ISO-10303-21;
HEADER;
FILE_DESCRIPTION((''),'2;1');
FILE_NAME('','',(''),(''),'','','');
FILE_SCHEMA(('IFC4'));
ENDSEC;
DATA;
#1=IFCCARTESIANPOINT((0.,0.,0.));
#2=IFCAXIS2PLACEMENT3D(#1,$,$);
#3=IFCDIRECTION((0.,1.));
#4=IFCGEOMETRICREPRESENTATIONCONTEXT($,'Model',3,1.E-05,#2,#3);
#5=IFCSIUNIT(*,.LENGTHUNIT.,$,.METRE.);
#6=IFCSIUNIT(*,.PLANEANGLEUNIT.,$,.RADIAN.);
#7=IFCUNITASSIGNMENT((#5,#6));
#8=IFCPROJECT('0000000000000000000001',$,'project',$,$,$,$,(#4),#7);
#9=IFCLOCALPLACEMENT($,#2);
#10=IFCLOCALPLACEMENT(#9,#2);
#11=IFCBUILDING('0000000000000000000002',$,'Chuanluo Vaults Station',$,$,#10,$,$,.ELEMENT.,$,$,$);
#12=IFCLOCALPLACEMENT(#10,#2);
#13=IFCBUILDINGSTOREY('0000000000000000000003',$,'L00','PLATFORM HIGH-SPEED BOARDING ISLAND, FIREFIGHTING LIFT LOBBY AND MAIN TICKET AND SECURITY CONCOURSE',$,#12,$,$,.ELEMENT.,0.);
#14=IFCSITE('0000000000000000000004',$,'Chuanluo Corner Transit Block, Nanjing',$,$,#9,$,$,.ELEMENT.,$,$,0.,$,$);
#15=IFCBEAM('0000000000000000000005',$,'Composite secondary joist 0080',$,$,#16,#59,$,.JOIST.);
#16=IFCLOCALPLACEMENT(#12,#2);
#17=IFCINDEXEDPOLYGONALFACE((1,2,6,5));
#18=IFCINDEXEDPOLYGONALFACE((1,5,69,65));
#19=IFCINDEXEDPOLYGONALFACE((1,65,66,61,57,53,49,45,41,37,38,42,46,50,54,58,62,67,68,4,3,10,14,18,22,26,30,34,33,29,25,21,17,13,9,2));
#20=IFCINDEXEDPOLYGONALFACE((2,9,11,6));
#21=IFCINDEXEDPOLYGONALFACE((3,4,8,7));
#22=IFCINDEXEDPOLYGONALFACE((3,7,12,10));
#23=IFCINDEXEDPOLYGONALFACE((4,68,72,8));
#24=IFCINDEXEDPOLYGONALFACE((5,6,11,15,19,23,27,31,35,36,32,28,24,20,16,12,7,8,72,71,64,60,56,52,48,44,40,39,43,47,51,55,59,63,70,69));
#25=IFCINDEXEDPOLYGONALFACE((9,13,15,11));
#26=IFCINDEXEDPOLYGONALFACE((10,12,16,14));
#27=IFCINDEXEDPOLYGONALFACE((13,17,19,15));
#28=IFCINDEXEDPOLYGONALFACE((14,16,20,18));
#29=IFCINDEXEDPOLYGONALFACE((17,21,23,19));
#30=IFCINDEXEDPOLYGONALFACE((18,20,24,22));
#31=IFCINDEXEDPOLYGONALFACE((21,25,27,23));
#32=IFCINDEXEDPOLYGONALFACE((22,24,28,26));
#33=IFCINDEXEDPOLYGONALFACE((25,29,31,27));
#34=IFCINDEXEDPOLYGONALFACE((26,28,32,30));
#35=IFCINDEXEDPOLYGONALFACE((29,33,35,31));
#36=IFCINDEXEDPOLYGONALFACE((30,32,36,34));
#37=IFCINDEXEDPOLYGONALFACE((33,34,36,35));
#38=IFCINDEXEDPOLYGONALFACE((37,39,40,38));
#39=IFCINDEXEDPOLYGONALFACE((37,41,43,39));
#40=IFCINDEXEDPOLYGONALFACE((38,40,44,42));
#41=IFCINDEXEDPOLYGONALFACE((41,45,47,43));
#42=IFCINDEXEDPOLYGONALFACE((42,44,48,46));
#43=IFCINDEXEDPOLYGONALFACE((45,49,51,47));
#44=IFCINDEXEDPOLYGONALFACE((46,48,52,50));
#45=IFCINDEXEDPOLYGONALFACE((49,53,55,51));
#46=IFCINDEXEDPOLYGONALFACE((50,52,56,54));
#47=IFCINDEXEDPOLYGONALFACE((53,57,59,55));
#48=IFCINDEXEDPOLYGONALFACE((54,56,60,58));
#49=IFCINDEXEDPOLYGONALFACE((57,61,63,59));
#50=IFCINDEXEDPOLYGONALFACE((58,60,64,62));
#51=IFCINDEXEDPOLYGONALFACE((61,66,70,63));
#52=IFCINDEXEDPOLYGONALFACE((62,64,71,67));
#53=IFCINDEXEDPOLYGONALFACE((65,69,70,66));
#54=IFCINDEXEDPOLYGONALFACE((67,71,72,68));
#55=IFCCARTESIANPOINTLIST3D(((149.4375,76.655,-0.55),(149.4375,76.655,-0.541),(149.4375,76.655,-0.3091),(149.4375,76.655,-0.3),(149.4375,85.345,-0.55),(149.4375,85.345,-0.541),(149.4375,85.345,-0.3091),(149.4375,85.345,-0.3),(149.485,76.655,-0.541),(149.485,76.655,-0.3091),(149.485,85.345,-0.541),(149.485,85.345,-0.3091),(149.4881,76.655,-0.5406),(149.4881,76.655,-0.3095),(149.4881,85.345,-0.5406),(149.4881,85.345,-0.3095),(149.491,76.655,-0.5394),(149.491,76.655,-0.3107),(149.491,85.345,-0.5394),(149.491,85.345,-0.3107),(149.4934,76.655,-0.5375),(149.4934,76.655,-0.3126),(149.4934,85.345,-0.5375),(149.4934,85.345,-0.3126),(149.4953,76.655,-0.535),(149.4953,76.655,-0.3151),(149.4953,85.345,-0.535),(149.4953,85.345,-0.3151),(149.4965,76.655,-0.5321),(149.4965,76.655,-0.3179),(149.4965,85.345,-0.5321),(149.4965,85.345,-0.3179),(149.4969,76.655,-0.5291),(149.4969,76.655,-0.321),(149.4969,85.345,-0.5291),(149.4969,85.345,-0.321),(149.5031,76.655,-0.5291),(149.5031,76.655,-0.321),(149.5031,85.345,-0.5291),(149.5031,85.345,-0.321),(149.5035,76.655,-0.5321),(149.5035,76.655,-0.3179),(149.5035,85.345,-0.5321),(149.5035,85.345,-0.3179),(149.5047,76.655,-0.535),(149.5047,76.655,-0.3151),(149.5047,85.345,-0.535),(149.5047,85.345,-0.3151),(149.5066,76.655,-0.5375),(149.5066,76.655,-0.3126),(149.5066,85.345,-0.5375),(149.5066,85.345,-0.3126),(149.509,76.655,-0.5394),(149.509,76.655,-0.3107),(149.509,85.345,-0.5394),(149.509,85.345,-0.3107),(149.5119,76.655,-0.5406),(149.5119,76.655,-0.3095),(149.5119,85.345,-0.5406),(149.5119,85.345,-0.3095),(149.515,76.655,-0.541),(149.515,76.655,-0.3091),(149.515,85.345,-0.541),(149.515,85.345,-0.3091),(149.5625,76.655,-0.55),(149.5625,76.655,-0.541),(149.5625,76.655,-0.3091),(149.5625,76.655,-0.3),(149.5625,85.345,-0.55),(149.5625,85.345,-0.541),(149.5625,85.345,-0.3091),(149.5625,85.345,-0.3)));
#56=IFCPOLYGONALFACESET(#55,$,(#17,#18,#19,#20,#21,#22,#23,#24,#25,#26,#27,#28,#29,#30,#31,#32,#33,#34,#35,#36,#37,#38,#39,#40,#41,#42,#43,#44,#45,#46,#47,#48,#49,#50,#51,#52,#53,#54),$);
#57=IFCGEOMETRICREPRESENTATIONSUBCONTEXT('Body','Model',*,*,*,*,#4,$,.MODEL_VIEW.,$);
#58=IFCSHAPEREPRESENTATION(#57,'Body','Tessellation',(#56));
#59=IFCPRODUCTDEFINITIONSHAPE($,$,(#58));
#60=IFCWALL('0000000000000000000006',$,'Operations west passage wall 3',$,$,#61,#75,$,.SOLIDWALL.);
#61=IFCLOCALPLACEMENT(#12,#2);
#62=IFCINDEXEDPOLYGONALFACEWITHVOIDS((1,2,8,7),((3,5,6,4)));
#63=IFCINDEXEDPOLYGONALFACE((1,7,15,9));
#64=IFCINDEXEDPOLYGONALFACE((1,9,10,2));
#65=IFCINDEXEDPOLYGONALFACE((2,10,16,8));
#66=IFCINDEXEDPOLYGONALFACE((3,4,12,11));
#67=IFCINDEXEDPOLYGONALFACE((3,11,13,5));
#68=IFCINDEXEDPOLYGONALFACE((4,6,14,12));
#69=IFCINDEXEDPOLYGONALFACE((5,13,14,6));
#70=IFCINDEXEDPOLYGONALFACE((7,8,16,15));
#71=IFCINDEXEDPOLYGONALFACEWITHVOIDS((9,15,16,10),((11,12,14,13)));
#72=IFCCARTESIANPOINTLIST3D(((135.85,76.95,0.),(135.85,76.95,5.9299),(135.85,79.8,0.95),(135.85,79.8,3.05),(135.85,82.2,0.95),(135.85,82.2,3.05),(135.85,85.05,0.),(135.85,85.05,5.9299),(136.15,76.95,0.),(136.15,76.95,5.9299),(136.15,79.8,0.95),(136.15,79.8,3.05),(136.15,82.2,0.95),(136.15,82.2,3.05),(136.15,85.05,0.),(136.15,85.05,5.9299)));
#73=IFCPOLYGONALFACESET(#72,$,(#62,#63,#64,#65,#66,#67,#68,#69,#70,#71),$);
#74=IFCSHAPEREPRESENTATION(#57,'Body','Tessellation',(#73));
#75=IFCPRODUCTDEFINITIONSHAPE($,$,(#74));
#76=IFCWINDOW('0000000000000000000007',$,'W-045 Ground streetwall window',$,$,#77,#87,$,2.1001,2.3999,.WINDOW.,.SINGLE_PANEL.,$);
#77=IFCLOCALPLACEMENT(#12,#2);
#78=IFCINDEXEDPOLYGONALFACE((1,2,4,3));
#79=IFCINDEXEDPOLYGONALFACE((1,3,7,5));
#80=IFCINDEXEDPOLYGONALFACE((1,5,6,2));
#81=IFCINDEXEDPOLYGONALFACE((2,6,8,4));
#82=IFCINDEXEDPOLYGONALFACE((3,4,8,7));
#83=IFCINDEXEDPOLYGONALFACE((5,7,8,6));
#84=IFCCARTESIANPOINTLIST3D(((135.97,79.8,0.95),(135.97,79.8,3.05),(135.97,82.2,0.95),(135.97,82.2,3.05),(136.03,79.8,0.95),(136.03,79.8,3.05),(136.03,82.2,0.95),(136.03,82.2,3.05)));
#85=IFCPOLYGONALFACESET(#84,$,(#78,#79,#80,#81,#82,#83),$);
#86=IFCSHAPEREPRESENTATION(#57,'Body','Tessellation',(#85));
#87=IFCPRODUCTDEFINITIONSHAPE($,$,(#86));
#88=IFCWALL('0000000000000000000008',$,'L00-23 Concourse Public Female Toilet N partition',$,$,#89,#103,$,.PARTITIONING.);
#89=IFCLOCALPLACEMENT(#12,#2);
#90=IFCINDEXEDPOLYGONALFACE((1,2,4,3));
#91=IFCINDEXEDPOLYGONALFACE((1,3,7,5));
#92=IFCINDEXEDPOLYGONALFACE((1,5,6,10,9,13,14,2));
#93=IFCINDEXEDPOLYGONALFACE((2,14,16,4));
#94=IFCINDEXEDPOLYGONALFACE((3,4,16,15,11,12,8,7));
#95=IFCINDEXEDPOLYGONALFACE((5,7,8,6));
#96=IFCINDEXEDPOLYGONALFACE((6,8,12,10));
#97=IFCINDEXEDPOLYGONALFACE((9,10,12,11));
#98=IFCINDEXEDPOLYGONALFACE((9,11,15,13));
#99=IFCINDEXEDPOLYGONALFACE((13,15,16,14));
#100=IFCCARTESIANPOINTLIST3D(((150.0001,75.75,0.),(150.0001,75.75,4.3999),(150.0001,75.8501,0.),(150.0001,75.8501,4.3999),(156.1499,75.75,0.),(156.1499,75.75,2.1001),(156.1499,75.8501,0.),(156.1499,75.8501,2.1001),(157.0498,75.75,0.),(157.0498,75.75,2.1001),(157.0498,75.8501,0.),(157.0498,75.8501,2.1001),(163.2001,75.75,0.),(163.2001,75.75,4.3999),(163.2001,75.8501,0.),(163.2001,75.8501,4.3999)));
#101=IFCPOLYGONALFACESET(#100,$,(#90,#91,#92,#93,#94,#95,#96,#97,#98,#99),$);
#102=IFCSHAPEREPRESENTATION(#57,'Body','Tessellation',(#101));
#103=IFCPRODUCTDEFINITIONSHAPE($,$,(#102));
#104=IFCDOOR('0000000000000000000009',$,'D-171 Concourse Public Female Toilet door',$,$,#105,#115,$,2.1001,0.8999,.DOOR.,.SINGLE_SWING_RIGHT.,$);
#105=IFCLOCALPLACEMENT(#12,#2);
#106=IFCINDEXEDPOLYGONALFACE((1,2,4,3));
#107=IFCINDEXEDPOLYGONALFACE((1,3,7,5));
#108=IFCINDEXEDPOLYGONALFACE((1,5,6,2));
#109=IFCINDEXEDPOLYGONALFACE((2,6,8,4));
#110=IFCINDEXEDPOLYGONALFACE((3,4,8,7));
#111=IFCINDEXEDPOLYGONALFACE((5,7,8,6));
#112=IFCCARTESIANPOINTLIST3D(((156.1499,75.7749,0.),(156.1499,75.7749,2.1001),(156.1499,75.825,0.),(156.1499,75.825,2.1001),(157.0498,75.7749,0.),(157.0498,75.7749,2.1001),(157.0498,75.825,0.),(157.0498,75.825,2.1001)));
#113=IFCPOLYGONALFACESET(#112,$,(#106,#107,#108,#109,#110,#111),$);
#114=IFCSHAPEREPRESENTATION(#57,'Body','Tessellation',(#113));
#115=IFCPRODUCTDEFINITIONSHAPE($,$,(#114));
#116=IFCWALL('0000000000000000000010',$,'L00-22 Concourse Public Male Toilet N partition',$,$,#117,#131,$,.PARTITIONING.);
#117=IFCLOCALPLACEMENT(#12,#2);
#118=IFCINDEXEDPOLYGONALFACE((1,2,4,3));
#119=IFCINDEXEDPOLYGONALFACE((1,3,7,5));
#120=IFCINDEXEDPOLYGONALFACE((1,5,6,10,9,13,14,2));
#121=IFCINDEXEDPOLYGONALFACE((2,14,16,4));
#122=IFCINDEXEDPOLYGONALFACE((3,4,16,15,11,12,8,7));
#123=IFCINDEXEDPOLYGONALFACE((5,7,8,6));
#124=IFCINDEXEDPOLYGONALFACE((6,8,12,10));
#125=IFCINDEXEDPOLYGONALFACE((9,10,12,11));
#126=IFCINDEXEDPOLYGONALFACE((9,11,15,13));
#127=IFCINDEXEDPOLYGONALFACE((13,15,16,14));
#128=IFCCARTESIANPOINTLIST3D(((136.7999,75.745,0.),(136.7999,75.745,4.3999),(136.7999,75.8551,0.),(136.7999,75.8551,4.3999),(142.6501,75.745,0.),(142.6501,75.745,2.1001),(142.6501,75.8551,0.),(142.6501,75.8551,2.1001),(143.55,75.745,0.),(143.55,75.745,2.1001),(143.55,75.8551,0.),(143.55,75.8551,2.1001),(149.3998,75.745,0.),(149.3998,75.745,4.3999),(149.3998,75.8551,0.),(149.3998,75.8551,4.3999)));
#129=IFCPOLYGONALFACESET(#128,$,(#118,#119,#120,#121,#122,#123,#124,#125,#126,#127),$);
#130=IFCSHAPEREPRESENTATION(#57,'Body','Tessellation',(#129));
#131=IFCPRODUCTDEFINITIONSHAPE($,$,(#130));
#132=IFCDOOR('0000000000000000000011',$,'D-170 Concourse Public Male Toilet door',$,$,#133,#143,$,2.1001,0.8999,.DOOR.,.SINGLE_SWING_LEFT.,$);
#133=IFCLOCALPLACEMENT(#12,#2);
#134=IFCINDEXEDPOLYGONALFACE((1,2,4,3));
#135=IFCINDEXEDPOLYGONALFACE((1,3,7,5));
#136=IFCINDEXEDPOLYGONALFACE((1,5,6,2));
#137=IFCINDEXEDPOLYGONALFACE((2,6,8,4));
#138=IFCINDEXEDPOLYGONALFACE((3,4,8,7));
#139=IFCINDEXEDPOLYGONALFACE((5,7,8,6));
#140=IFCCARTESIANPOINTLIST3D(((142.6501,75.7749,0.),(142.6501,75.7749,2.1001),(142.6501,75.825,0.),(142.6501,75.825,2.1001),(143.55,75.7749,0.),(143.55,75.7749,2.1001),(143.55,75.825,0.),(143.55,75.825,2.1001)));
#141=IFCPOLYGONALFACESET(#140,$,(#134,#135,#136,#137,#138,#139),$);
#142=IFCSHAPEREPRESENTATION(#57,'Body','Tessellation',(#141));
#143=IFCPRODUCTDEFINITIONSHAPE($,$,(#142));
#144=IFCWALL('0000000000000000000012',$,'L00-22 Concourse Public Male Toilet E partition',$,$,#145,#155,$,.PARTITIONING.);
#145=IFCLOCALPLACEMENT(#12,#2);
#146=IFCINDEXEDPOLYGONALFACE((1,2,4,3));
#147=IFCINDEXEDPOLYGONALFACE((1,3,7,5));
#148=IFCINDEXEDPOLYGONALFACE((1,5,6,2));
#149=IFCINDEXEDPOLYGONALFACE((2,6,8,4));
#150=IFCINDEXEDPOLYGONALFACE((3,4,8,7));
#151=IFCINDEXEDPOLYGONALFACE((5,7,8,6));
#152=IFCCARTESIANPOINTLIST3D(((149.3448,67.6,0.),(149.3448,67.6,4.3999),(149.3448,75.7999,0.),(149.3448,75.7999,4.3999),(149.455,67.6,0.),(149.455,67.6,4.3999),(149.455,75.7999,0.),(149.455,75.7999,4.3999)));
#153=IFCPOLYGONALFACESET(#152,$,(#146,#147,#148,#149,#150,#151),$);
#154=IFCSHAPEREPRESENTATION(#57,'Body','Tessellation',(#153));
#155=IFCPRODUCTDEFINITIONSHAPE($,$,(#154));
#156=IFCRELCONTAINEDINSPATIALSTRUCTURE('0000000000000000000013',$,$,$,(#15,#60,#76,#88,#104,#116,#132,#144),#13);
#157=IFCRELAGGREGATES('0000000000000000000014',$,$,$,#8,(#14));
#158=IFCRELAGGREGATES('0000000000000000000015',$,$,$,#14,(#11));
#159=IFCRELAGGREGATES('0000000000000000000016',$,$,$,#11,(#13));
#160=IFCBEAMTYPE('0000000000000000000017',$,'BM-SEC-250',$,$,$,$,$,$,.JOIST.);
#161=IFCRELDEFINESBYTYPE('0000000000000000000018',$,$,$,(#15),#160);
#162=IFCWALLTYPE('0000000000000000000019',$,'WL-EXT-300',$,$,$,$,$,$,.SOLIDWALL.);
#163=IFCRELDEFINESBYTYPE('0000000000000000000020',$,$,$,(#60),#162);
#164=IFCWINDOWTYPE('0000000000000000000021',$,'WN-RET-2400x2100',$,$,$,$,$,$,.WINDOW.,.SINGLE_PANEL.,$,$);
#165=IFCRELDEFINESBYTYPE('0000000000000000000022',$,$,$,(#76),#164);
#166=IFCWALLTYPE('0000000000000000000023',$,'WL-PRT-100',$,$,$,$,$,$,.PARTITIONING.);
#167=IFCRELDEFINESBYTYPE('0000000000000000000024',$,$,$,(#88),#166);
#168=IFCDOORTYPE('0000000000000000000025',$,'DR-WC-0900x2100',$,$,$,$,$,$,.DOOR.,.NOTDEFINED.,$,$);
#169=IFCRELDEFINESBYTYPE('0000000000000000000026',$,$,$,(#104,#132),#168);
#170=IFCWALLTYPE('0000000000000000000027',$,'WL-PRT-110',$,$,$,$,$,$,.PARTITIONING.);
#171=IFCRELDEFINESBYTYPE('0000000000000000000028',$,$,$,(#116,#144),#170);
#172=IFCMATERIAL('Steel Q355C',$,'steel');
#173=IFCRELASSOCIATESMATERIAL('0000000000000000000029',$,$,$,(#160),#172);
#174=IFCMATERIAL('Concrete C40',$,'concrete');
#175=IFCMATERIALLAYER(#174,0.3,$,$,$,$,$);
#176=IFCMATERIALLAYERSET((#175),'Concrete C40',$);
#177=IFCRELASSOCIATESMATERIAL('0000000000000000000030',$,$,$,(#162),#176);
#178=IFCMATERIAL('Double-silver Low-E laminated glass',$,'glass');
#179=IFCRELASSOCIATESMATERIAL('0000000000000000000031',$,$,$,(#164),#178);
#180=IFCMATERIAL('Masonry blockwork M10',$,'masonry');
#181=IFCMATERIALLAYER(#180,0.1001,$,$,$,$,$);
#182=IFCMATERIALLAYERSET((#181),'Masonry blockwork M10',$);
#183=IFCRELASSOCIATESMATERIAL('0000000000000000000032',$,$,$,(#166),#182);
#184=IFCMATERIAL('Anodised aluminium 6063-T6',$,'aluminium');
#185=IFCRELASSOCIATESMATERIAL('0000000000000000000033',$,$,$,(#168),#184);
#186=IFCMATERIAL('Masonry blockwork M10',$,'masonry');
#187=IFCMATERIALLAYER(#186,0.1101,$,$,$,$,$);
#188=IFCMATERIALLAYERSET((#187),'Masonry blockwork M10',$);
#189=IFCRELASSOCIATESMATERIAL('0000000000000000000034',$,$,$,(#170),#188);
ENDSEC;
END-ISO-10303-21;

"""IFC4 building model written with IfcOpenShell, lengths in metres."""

from ifc_helpers import new_model, si_unit, direction, frame, frame_2d, origin, origin_2d, place, context, subcontext, project, spatial, rectangle, i_section, extrude, material, layer, layer_set, material_profile, profile_set, type_object, element, fill, save


model = new_model("IFC4")

# Units and contexts
model_context = context("Model", 3, precision=1e-05, world=origin(), true_north=direction((0.0, 1.0)))
body_context = subcontext(model_context, "Body", "Model", "MODEL_VIEW")
ifc_project = project(units=[si_unit("LENGTHUNIT", "METRE"), si_unit("PLANEANGLEUNIT", "RADIAN")], contexts=[model_context])

# Site, building, storey
site_placement = place(None, origin())
site = spatial("IfcSite", under=ifc_project, at=site_placement, Name="Chuanluo Corner Transit Block, Nanjing", CompositionType="ELEMENT", RefElevation=0.0)
building_placement = place(site_placement, origin())
building = spatial("IfcBuilding", under=site, at=building_placement, Name="Chuanluo Vaults Station", CompositionType="ELEMENT")
storey_placement = place(building_placement, origin())
storey = spatial("IfcBuildingStorey", under=building, at=storey_placement, Name="L00", Description="PLATFORM HIGH-SPEED BOARDING ISLAND, FIREFIGHTING LIFT LOBBY AND MAIN TICKET AND SECURITY CONCOURSE", CompositionType="ELEMENT", Elevation=0.0)

# Beam
ifc_material_1 = material(Name="Steel Q355C", Category="steel")
ifc_material_profile_1 = material_profile(ifc_material_1, i_section(OverallWidth=0.125, OverallDepth=0.25, WebThickness=0.0061, FlangeThickness=0.009, FilletRadius=0.012, at=origin_2d()))
ifc_profile_set_1 = profile_set([ifc_material_profile_1], Name="Steel Q355C")
beam_type_1 = type_object("IfcBeamType", Name="BM-SEC-250", PredefinedType="JOIST", material=ifc_profile_set_1)
for number, where, z_axis, x_axis, name in (
    (1, (149.5, 76.655, -0.425), (0.0, 1.0, 0.0), (-1.0, 0.0, 0.0), "Composite secondary joist 0080"),
):
    element("IfcBeam", number, at=place(storey_placement, frame(where, z_axis=z_axis, x_axis=x_axis)), inside=storey, type_object=beam_type_1, Name=name, PredefinedType="JOIST", context=body_context, shape_type="SweptSolid", body=[
        extrude(i_section(OverallWidth=0.125, OverallDepth=0.25, WebThickness=0.0061, FlangeThickness=0.009, FilletRadius=0.012, at=origin_2d()), origin(), (0.0, 0.0, 1.0), 8.6899),
    ])

# Wall, opening, window
ifc_material_2 = material(Name="Concrete C40", Category="concrete")
ifc_layer_1 = layer(ifc_material_2, 0.3)
ifc_layer_set_1 = layer_set([ifc_layer_1], Name="Concrete C40")
wall_type_1 = type_object("IfcWallType", Name="WL-EXT-300", PredefinedType="SOLIDWALL", material=ifc_layer_set_1)
wall_1_placement = place(storey_placement, frame((136.0, 76.95, 0.0), z_axis=(0.0, 0.0, 1.0), x_axis=(0.0, 1.0, 0.0)))
wall_1 = element("IfcWall", 2, at=wall_1_placement, inside=storey, type_object=wall_type_1, Name="Operations west passage wall 3", PredefinedType="SOLIDWALL", context=body_context, shape_type="SweptSolid", body=[
    extrude(rectangle(XDim=8.1001, YDim=0.3, at=frame_2d((4.05, 0.0))), origin(), (0.0, 0.0, 1.0), 5.9299),
])
opening_1_placement = place(wall_1_placement, frame((2.8501, 0.0, 0.95)))
opening_1 = element("IfcOpeningElement", 3, at=opening_1_placement, cuts=wall_1, PredefinedType="OPENING", context=body_context, shape_type="SweptSolid", body=[
    extrude(rectangle(XDim=2.3999, YDim=2.1001, at=frame_2d((1.2, 1.05))), frame((0.0, 0.1599, 0.0), z_axis=(0.0, -1.0, 0.0), x_axis=(1.0, 0.0, 0.0)), (0.0, 0.0, 1.0), 0.3201),
])
ifc_material_3 = material(Name="Double-silver Low-E laminated glass", Category="glass")
window_type = type_object("IfcWindowType", Name="WN-RET-2400x2100", PartitioningType="SINGLE_PANEL", PredefinedType="WINDOW", material=ifc_material_3)
window_placement = place(opening_1_placement, origin())
window = element("IfcWindow", 4, at=window_placement, inside=storey, type_object=window_type, Name="W-045 Ground streetwall window", OverallHeight=2.1001, OverallWidth=2.3999, PartitioningType="SINGLE_PANEL", PredefinedType="WINDOW", context=body_context, shape_type="SweptSolid", body=[
    extrude(rectangle(XDim=2.3999, YDim=2.1001, at=frame_2d((1.2, 1.05))), frame((0.0, 0.03, 0.0), z_axis=(0.0, -1.0, 0.0), x_axis=(1.0, 0.0, 0.0)), (0.0, 0.0, 1.0), 0.0601),
])
fill(opening_1, window)

# Walls, openings, doors
ifc_material_4 = material(Name="Masonry blockwork M10", Category="masonry")
ifc_layer_2 = layer(ifc_material_4, 0.1001)
ifc_layer_set_2 = layer_set([ifc_layer_2], Name="Masonry blockwork M10")
wall_type_2 = type_object("IfcWallType", Name="WL-PRT-100", PredefinedType="PARTITIONING", material=ifc_layer_set_2)
wall_2_placement = place(storey_placement, frame((150.0, 75.8, 0.0), z_axis=(0.0, 0.0, 1.0), x_axis=(1.0, 0.0, 0.0)))
wall_2 = element("IfcWall", 5, at=wall_2_placement, inside=storey, type_object=wall_type_2, Name="L00-23 Concourse Public Female Toilet N partition", PredefinedType="PARTITIONING", context=body_context, shape_type="SweptSolid", body=[
    extrude(rectangle(XDim=13.2, YDim=0.1001, at=frame_2d((6.6001, 0.0))), origin(), (0.0, 0.0, 1.0), 4.3999),
])
opening_2_placement = place(wall_2_placement, frame((6.1499, 0.0, 0.0)))
opening_2 = element("IfcOpeningElement", 6, at=opening_2_placement, cuts=wall_2, PredefinedType="OPENING", context=body_context, shape_type="SweptSolid", body=[
    extrude(rectangle(XDim=0.8999, YDim=2.1001, at=frame_2d((0.45, 1.05))), frame((0.0, 0.06, 0.0), z_axis=(0.0, -1.0, 0.0), x_axis=(1.0, 0.0, 0.0)), (0.0, 0.0, 1.0), 0.1201),
])
ifc_material_5 = material(Name="Anodised aluminium 6063-T6", Category="aluminium")
door_type_1 = type_object("IfcDoorType", Name="DR-WC-0900x2100", OperationType="NOTDEFINED", PredefinedType="DOOR", material=ifc_material_5)
door_1_placement = place(opening_2_placement, origin())
door_1 = element("IfcDoor", 7, at=door_1_placement, inside=storey, type_object=door_type_1, Name="D-171 Concourse Public Female Toilet door", OperationType="SINGLE_SWING_RIGHT", OverallHeight=2.1001, OverallWidth=0.8999, PredefinedType="DOOR", context=body_context, shape_type="SweptSolid", body=[
    extrude(rectangle(XDim=0.8999, YDim=2.1001, at=frame_2d((0.45, 1.05))), frame((0.0, 0.0249, 0.0), z_axis=(0.0, -1.0, 0.0), x_axis=(1.0, 0.0, 0.0)), (0.0, 0.0, 1.0), 0.05),
])
fill(opening_2, door_1)
ifc_material_6 = material(Name="Masonry blockwork M10", Category="masonry")
ifc_layer_3 = layer(ifc_material_6, 0.1101)
ifc_layer_set_3 = layer_set([ifc_layer_3], Name="Masonry blockwork M10")
wall_type_3 = type_object("IfcWallType", Name="WL-PRT-110", PredefinedType="PARTITIONING", material=ifc_layer_set_3)
wall_3_placement = place(storey_placement, frame((136.8, 75.8, 0.0), z_axis=(0.0, 0.0, 1.0), x_axis=(1.0, 0.0, 0.0)))
wall_3 = element("IfcWall", 8, at=wall_3_placement, inside=storey, type_object=wall_type_3, Name="L00-22 Concourse Public Male Toilet N partition", PredefinedType="PARTITIONING", context=body_context, shape_type="SweptSolid", body=[
    extrude(rectangle(XDim=12.5999, YDim=0.1101, at=frame_2d((6.2998, 0.0))), origin(), (0.0, 0.0, 1.0), 4.3999),
])
opening_3_placement = place(wall_3_placement, frame((5.8501, 0.0, 0.0)))
opening_3 = element("IfcOpeningElement", 9, at=opening_3_placement, cuts=wall_3, PredefinedType="OPENING", context=body_context, shape_type="SweptSolid", body=[
    extrude(rectangle(XDim=0.8999, YDim=2.1001, at=frame_2d((0.45, 1.05))), frame((0.0, 0.0652, 0.0), z_axis=(0.0, -1.0, 0.0), x_axis=(1.0, 0.0, 0.0)), (0.0, 0.0, 1.0), 0.1301),
])
door_2_placement = place(opening_3_placement, origin())
door_2 = element("IfcDoor", 10, at=door_2_placement, inside=storey, type_object=door_type_1, Name="D-170 Concourse Public Male Toilet door", OperationType="SINGLE_SWING_LEFT", OverallHeight=2.1001, OverallWidth=0.8999, PredefinedType="DOOR", context=body_context, shape_type="SweptSolid", body=[
    extrude(rectangle(XDim=0.8999, YDim=2.1001, at=frame_2d((0.45, 1.05))), frame((0.0, 0.0249, 0.0), z_axis=(0.0, -1.0, 0.0), x_axis=(1.0, 0.0, 0.0)), (0.0, 0.0, 1.0), 0.05),
])
fill(opening_3, door_2)

# Wall
wall_4_placement = place(storey_placement, frame((149.3999, 75.8, 0.0), z_axis=(0.0, 0.0, 1.0), x_axis=(0.0, -1.0, 0.0)))
element("IfcWall", 11, at=wall_4_placement, inside=storey, type_object=wall_type_3, Name="L00-22 Concourse Public Male Toilet E partition", PredefinedType="PARTITIONING", context=body_context, shape_type="SweptSolid", body=[
    extrude(rectangle(XDim=8.2, YDim=0.1101, at=frame_2d((4.1001, 0.0))), origin(), (0.0, 0.0, 1.0), 4.3999),
])

save(model, "model.ifc")
